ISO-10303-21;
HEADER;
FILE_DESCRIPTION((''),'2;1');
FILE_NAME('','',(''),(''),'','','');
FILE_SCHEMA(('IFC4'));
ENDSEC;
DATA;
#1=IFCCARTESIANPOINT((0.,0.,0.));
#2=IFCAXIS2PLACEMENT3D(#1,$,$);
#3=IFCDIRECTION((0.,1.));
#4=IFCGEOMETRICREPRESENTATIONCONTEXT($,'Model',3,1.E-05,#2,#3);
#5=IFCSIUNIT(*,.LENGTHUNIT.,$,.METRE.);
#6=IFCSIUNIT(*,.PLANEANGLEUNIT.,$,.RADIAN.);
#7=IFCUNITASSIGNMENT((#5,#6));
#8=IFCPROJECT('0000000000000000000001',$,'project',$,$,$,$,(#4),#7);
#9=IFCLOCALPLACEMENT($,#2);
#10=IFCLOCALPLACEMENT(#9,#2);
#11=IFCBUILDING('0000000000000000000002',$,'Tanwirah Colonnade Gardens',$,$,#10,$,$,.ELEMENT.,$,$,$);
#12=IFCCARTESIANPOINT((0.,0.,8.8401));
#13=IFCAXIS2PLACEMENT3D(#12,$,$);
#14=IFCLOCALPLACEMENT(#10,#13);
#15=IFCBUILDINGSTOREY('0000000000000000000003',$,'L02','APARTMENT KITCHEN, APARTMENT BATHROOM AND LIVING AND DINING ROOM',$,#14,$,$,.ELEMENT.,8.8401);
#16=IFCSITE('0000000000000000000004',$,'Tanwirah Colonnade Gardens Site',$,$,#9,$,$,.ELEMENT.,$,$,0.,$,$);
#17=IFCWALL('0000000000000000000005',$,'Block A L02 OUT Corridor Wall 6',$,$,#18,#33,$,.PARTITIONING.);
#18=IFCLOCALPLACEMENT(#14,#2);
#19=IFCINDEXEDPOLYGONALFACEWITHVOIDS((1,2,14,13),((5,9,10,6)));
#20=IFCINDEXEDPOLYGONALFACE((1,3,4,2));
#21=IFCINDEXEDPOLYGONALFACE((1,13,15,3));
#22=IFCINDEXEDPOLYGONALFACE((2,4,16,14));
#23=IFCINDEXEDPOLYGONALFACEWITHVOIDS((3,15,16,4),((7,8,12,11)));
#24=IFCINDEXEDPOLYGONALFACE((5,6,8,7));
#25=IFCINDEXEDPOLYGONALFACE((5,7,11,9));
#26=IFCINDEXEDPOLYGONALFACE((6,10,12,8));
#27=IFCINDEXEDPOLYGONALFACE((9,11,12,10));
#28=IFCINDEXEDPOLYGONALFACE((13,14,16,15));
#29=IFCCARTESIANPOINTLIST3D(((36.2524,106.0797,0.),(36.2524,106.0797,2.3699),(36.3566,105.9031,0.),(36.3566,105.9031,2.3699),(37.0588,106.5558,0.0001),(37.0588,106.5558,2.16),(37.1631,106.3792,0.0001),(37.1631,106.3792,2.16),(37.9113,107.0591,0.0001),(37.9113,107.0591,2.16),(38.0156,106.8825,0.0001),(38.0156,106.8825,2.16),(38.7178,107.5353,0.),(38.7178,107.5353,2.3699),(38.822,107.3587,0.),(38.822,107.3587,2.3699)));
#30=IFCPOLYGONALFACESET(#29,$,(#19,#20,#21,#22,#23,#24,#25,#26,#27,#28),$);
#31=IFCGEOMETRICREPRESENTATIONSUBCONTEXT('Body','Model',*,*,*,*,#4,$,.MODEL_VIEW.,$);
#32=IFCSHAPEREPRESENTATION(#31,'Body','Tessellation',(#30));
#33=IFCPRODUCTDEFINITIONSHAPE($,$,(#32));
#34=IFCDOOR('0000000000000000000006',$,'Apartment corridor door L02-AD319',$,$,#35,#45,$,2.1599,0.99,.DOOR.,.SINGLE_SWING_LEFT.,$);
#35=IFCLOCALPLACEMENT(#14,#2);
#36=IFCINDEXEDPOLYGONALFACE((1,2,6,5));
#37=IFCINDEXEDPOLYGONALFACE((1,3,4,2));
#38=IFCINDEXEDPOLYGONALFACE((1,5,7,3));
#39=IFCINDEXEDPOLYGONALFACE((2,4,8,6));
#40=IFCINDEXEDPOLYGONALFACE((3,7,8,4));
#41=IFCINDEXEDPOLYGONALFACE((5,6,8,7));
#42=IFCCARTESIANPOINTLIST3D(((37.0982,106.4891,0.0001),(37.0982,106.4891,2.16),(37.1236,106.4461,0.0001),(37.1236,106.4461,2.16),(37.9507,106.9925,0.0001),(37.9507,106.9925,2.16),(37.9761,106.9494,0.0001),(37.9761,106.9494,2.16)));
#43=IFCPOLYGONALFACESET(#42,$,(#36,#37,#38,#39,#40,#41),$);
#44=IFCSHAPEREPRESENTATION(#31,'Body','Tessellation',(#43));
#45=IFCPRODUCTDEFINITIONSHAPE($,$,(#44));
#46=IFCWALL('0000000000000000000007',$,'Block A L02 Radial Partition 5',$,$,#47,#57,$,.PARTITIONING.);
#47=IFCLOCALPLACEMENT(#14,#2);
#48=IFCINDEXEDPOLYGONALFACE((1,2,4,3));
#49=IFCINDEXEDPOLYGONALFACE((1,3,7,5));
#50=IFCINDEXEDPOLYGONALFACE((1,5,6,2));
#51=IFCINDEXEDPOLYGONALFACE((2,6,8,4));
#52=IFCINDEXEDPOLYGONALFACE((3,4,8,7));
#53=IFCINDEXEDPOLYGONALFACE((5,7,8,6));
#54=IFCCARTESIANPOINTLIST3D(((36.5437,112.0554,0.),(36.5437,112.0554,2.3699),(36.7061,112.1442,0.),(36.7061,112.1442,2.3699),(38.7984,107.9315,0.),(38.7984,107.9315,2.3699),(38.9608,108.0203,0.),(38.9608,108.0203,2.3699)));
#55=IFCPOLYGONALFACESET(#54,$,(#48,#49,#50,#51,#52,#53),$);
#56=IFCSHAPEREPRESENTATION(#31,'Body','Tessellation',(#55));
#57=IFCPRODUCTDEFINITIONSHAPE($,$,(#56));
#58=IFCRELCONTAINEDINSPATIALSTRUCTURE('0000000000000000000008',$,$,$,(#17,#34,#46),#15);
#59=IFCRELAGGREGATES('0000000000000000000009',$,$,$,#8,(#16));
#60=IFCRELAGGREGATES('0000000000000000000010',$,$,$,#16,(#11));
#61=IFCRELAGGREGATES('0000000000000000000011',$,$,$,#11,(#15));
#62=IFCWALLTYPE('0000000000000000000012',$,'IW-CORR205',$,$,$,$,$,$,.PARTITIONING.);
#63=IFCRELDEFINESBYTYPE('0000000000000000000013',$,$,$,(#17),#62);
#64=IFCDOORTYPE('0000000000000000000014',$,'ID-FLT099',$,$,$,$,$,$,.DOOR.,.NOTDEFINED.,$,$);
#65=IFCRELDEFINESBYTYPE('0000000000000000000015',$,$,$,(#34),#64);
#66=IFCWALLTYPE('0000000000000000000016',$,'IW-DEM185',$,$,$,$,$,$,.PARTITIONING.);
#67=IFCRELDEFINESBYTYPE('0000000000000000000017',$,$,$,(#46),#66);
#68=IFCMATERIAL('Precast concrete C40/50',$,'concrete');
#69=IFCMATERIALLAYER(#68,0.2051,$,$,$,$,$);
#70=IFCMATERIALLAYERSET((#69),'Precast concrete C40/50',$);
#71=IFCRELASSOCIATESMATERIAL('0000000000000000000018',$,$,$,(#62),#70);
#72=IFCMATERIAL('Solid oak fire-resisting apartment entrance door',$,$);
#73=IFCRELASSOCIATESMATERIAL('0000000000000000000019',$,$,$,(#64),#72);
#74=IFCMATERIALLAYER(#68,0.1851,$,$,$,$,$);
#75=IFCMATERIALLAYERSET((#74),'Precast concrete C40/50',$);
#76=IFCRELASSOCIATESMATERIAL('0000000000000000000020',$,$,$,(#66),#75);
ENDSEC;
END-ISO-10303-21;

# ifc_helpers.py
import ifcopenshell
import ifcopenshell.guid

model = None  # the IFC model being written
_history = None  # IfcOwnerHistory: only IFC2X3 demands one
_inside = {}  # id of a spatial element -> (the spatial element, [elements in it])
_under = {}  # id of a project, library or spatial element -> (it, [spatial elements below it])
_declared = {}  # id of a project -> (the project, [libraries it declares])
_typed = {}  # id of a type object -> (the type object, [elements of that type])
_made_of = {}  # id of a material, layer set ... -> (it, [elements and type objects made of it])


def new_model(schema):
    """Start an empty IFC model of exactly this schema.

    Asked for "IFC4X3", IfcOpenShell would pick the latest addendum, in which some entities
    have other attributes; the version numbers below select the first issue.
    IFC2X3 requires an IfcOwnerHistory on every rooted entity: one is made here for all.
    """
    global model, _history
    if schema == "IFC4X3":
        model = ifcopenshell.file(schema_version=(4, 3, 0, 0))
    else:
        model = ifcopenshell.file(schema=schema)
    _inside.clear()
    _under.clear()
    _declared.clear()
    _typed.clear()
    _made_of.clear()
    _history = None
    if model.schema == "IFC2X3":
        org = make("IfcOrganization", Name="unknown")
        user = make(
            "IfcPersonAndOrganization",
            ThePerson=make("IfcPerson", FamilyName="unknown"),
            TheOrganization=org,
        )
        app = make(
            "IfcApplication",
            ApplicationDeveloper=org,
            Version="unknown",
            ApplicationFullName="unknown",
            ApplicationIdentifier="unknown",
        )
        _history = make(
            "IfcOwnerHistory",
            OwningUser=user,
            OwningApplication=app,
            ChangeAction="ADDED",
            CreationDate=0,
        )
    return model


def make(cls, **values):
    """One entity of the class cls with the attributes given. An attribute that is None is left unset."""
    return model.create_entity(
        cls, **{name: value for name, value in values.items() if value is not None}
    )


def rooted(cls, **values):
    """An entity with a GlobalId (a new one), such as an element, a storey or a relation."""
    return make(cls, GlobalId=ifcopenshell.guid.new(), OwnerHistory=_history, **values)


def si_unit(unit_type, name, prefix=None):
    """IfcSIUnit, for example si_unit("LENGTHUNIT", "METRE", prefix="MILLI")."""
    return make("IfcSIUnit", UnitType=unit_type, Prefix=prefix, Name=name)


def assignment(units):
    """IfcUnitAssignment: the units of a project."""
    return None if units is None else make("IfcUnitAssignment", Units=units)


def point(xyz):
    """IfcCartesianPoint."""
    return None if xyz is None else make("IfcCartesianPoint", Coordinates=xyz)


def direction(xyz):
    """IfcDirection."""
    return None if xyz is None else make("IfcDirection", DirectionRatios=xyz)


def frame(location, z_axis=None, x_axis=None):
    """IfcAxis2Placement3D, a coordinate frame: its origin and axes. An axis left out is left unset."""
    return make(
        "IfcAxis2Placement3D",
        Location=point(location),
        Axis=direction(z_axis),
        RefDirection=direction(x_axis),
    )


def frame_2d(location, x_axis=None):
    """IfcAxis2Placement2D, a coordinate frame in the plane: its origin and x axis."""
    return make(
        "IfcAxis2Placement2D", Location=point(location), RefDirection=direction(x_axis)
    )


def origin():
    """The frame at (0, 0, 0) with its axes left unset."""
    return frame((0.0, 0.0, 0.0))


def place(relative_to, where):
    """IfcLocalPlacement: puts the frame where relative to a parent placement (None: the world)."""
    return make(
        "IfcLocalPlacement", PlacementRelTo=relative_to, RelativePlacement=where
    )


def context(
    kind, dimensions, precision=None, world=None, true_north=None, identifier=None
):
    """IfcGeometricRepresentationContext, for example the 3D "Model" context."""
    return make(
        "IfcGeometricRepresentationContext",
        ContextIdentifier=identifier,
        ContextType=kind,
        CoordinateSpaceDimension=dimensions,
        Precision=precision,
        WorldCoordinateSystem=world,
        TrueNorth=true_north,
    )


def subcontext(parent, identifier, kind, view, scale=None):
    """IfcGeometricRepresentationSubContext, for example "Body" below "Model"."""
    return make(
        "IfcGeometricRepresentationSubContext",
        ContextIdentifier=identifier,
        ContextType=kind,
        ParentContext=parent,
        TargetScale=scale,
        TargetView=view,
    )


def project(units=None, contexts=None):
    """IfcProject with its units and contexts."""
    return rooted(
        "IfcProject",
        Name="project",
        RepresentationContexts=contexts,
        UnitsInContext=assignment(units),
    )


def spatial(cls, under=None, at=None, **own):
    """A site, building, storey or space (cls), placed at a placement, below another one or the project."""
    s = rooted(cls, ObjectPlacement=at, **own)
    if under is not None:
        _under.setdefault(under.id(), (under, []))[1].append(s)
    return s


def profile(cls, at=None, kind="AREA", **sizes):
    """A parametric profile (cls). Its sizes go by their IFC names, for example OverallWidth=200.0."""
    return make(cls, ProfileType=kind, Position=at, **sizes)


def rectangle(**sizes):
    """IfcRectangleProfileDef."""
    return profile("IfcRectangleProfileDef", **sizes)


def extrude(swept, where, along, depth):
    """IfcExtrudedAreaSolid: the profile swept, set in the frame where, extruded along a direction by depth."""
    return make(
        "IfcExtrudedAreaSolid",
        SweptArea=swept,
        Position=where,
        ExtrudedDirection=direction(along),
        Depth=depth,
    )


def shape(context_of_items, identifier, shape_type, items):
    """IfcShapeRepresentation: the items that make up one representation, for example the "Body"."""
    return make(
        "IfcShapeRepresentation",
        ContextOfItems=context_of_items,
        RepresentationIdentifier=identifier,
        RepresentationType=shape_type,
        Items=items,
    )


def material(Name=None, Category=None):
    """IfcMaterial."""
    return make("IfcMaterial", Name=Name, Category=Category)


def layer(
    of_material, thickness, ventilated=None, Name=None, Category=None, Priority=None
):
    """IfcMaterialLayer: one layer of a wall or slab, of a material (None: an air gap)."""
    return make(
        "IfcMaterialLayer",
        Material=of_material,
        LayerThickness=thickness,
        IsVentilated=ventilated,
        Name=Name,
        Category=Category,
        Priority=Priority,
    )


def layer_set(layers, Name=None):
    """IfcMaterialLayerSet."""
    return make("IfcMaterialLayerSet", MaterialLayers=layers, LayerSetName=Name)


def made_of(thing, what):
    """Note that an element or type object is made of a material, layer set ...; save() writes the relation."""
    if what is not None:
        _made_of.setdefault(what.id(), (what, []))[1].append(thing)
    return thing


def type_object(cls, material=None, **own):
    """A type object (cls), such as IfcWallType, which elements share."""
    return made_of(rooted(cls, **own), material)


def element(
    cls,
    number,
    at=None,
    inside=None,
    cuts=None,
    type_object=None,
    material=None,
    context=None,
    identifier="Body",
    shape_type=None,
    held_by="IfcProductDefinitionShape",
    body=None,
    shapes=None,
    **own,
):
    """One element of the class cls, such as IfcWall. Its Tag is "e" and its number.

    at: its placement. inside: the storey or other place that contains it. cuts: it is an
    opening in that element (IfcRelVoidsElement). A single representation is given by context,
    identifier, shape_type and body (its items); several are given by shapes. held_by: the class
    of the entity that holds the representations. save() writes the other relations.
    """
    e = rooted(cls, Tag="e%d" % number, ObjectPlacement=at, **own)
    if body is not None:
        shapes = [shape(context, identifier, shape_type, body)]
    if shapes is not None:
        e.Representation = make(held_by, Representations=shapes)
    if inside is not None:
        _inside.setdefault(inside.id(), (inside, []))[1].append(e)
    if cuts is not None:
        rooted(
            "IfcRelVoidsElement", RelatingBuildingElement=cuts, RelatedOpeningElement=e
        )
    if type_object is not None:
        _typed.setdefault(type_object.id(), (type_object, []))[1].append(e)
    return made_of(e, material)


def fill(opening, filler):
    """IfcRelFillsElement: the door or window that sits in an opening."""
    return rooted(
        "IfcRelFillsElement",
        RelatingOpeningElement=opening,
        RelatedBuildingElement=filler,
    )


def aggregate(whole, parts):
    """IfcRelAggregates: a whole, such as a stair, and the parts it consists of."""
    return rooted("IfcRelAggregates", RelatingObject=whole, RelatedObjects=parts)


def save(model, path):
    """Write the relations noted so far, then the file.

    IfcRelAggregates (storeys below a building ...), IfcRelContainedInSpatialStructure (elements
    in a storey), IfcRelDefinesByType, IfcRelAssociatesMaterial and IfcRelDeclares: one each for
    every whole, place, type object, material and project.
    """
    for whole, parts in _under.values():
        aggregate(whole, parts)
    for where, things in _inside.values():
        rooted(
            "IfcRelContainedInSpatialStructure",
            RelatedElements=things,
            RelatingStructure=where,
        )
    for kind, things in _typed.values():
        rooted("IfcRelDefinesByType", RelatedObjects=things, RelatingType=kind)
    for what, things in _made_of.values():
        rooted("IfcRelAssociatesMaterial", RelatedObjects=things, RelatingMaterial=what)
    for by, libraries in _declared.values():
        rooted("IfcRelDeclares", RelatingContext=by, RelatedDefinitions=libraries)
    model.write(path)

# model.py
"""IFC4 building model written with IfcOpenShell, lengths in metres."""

from ifc_helpers import new_model, si_unit, direction, frame, frame_2d, origin, place, context, subcontext, project, spatial, rectangle, extrude, material, layer, layer_set, type_object, element, fill, save


model = new_model("IFC4")

# Units and contexts
model_context = context("Model", 3, precision=1e-05, world=origin(), true_north=direction((0.0, 1.0)))
body_context = subcontext(model_context, "Body", "Model", "MODEL_VIEW")
ifc_project = project(units=[si_unit("LENGTHUNIT", "METRE"), si_unit("PLANEANGLEUNIT", "RADIAN")], contexts=[model_context])

# Site, building, storey
site_placement = place(None, origin())
site = spatial("IfcSite", under=ifc_project, at=site_placement, Name="Tanwirah Colonnade Gardens Site", CompositionType="ELEMENT", RefElevation=0.0)
building_placement = place(site_placement, origin())
building = spatial("IfcBuilding", under=site, at=building_placement, Name="Tanwirah Colonnade Gardens", CompositionType="ELEMENT")
storey_placement = place(building_placement, frame((0.0, 0.0, 8.8401)))
storey = spatial("IfcBuildingStorey", under=building, at=storey_placement, Name="L02", Description="APARTMENT KITCHEN, APARTMENT BATHROOM AND LIVING AND DINING ROOM", CompositionType="ELEMENT", Elevation=8.8401)

# Shared definitions
ifc_material_1 = material(Name="Precast concrete C40/50", Category="concrete")

# Wall, opening, door
ifc_layer_1 = layer(ifc_material_1, 0.2051)
ifc_layer_set_1 = layer_set([ifc_layer_1], Name="Precast concrete C40/50")
wall_type_1 = type_object("IfcWallType", Name="IW-CORR205", PredefinedType="PARTITIONING", material=ifc_layer_set_1)
wall_1_placement = place(storey_placement, frame((38.77, 107.447, 0.0), z_axis=(0.0, 0.0, 1.0), x_axis=(-0.861113, -0.508413, 0.0)))
wall_1 = element("IfcWall", 1, at=wall_1_placement, inside=storey, type_object=wall_type_1, Name="Block A L02 OUT Corridor Wall 6", PredefinedType="PARTITIONING", context=body_context, shape_type="SweptSolid", body=[
    extrude(rectangle(XDim=2.863, YDim=0.2051, at=frame_2d((1.4316, 0.0))), origin(), (0.0, 0.0, 1.0), 2.3699),
])
opening_1_placement = place(wall_1_placement, frame((0.9365, 0.0, 0.0)))
opening_1 = element("IfcOpeningElement", 2, at=opening_1_placement, cuts=wall_1, PredefinedType="OPENING", context=body_context, shape_type="SweptSolid", body=[
    extrude(rectangle(XDim=0.99, YDim=2.1599, at=frame_2d((0.4951, 1.0801))), frame((0.0, 0.1125, 0.0), z_axis=(0.0, -1.0, 0.0), x_axis=(1.0, 0.0, 0.0)), (0.0, 0.0, 1.0), 0.2251),
])
ifc_material_2 = material(Name="Solid oak fire-resisting apartment entrance door")
door_type_1 = type_object("IfcDoorType", Name="ID-FLT099", OperationType="NOTDEFINED", PredefinedType="DOOR", material=ifc_material_2)
door_1_placement = place(opening_1_placement, origin())
door_1 = element("IfcDoor", 3, at=door_1_placement, inside=storey, type_object=door_type_1, Name="Apartment corridor door L02-AD319", OperationType="SINGLE_SWING_LEFT", OverallHeight=2.1599, OverallWidth=0.99, PredefinedType="DOOR", context=body_context, shape_type="SweptSolid", body=[
    extrude(rectangle(XDim=0.99, YDim=2.1599, at=frame_2d((0.4951, 1.0801))), frame((0.0, 0.0249, 0.0), z_axis=(0.0, -1.0, 0.0), x_axis=(1.0, 0.0, 0.0)), (0.0, 0.0, 1.0), 0.05),
])
fill(opening_1, door_1)

# Wall
ifc_layer_2 = layer(ifc_material_1, 0.1851)
ifc_layer_set_2 = layer_set([ifc_layer_2], Name="Precast concrete C40/50")
wall_type_2 = type_object("IfcWallType", Name="IW-DEM185", PredefinedType="PARTITIONING", material=ifc_layer_set_2)
wall_2_placement = place(storey_placement, frame((38.8796, 107.9758, 0.0), z_axis=(0.0, 0.0, 1.0), x_axis=(-0.479722, 0.877421, 0.0)))
element("IfcWall", 4, at=wall_2_placement, inside=storey, type_object=wall_type_2, Name="Block A L02 Radial Partition 5", PredefinedType="PARTITIONING", context=body_context, shape_type="SweptSolid", body=[
    extrude(rectangle(XDim=4.7, YDim=0.1851, at=frame_2d((2.3501, 0.0))), origin(), (0.0, 0.0, 1.0), 2.3699),
])

save(model, "model.ifc")
